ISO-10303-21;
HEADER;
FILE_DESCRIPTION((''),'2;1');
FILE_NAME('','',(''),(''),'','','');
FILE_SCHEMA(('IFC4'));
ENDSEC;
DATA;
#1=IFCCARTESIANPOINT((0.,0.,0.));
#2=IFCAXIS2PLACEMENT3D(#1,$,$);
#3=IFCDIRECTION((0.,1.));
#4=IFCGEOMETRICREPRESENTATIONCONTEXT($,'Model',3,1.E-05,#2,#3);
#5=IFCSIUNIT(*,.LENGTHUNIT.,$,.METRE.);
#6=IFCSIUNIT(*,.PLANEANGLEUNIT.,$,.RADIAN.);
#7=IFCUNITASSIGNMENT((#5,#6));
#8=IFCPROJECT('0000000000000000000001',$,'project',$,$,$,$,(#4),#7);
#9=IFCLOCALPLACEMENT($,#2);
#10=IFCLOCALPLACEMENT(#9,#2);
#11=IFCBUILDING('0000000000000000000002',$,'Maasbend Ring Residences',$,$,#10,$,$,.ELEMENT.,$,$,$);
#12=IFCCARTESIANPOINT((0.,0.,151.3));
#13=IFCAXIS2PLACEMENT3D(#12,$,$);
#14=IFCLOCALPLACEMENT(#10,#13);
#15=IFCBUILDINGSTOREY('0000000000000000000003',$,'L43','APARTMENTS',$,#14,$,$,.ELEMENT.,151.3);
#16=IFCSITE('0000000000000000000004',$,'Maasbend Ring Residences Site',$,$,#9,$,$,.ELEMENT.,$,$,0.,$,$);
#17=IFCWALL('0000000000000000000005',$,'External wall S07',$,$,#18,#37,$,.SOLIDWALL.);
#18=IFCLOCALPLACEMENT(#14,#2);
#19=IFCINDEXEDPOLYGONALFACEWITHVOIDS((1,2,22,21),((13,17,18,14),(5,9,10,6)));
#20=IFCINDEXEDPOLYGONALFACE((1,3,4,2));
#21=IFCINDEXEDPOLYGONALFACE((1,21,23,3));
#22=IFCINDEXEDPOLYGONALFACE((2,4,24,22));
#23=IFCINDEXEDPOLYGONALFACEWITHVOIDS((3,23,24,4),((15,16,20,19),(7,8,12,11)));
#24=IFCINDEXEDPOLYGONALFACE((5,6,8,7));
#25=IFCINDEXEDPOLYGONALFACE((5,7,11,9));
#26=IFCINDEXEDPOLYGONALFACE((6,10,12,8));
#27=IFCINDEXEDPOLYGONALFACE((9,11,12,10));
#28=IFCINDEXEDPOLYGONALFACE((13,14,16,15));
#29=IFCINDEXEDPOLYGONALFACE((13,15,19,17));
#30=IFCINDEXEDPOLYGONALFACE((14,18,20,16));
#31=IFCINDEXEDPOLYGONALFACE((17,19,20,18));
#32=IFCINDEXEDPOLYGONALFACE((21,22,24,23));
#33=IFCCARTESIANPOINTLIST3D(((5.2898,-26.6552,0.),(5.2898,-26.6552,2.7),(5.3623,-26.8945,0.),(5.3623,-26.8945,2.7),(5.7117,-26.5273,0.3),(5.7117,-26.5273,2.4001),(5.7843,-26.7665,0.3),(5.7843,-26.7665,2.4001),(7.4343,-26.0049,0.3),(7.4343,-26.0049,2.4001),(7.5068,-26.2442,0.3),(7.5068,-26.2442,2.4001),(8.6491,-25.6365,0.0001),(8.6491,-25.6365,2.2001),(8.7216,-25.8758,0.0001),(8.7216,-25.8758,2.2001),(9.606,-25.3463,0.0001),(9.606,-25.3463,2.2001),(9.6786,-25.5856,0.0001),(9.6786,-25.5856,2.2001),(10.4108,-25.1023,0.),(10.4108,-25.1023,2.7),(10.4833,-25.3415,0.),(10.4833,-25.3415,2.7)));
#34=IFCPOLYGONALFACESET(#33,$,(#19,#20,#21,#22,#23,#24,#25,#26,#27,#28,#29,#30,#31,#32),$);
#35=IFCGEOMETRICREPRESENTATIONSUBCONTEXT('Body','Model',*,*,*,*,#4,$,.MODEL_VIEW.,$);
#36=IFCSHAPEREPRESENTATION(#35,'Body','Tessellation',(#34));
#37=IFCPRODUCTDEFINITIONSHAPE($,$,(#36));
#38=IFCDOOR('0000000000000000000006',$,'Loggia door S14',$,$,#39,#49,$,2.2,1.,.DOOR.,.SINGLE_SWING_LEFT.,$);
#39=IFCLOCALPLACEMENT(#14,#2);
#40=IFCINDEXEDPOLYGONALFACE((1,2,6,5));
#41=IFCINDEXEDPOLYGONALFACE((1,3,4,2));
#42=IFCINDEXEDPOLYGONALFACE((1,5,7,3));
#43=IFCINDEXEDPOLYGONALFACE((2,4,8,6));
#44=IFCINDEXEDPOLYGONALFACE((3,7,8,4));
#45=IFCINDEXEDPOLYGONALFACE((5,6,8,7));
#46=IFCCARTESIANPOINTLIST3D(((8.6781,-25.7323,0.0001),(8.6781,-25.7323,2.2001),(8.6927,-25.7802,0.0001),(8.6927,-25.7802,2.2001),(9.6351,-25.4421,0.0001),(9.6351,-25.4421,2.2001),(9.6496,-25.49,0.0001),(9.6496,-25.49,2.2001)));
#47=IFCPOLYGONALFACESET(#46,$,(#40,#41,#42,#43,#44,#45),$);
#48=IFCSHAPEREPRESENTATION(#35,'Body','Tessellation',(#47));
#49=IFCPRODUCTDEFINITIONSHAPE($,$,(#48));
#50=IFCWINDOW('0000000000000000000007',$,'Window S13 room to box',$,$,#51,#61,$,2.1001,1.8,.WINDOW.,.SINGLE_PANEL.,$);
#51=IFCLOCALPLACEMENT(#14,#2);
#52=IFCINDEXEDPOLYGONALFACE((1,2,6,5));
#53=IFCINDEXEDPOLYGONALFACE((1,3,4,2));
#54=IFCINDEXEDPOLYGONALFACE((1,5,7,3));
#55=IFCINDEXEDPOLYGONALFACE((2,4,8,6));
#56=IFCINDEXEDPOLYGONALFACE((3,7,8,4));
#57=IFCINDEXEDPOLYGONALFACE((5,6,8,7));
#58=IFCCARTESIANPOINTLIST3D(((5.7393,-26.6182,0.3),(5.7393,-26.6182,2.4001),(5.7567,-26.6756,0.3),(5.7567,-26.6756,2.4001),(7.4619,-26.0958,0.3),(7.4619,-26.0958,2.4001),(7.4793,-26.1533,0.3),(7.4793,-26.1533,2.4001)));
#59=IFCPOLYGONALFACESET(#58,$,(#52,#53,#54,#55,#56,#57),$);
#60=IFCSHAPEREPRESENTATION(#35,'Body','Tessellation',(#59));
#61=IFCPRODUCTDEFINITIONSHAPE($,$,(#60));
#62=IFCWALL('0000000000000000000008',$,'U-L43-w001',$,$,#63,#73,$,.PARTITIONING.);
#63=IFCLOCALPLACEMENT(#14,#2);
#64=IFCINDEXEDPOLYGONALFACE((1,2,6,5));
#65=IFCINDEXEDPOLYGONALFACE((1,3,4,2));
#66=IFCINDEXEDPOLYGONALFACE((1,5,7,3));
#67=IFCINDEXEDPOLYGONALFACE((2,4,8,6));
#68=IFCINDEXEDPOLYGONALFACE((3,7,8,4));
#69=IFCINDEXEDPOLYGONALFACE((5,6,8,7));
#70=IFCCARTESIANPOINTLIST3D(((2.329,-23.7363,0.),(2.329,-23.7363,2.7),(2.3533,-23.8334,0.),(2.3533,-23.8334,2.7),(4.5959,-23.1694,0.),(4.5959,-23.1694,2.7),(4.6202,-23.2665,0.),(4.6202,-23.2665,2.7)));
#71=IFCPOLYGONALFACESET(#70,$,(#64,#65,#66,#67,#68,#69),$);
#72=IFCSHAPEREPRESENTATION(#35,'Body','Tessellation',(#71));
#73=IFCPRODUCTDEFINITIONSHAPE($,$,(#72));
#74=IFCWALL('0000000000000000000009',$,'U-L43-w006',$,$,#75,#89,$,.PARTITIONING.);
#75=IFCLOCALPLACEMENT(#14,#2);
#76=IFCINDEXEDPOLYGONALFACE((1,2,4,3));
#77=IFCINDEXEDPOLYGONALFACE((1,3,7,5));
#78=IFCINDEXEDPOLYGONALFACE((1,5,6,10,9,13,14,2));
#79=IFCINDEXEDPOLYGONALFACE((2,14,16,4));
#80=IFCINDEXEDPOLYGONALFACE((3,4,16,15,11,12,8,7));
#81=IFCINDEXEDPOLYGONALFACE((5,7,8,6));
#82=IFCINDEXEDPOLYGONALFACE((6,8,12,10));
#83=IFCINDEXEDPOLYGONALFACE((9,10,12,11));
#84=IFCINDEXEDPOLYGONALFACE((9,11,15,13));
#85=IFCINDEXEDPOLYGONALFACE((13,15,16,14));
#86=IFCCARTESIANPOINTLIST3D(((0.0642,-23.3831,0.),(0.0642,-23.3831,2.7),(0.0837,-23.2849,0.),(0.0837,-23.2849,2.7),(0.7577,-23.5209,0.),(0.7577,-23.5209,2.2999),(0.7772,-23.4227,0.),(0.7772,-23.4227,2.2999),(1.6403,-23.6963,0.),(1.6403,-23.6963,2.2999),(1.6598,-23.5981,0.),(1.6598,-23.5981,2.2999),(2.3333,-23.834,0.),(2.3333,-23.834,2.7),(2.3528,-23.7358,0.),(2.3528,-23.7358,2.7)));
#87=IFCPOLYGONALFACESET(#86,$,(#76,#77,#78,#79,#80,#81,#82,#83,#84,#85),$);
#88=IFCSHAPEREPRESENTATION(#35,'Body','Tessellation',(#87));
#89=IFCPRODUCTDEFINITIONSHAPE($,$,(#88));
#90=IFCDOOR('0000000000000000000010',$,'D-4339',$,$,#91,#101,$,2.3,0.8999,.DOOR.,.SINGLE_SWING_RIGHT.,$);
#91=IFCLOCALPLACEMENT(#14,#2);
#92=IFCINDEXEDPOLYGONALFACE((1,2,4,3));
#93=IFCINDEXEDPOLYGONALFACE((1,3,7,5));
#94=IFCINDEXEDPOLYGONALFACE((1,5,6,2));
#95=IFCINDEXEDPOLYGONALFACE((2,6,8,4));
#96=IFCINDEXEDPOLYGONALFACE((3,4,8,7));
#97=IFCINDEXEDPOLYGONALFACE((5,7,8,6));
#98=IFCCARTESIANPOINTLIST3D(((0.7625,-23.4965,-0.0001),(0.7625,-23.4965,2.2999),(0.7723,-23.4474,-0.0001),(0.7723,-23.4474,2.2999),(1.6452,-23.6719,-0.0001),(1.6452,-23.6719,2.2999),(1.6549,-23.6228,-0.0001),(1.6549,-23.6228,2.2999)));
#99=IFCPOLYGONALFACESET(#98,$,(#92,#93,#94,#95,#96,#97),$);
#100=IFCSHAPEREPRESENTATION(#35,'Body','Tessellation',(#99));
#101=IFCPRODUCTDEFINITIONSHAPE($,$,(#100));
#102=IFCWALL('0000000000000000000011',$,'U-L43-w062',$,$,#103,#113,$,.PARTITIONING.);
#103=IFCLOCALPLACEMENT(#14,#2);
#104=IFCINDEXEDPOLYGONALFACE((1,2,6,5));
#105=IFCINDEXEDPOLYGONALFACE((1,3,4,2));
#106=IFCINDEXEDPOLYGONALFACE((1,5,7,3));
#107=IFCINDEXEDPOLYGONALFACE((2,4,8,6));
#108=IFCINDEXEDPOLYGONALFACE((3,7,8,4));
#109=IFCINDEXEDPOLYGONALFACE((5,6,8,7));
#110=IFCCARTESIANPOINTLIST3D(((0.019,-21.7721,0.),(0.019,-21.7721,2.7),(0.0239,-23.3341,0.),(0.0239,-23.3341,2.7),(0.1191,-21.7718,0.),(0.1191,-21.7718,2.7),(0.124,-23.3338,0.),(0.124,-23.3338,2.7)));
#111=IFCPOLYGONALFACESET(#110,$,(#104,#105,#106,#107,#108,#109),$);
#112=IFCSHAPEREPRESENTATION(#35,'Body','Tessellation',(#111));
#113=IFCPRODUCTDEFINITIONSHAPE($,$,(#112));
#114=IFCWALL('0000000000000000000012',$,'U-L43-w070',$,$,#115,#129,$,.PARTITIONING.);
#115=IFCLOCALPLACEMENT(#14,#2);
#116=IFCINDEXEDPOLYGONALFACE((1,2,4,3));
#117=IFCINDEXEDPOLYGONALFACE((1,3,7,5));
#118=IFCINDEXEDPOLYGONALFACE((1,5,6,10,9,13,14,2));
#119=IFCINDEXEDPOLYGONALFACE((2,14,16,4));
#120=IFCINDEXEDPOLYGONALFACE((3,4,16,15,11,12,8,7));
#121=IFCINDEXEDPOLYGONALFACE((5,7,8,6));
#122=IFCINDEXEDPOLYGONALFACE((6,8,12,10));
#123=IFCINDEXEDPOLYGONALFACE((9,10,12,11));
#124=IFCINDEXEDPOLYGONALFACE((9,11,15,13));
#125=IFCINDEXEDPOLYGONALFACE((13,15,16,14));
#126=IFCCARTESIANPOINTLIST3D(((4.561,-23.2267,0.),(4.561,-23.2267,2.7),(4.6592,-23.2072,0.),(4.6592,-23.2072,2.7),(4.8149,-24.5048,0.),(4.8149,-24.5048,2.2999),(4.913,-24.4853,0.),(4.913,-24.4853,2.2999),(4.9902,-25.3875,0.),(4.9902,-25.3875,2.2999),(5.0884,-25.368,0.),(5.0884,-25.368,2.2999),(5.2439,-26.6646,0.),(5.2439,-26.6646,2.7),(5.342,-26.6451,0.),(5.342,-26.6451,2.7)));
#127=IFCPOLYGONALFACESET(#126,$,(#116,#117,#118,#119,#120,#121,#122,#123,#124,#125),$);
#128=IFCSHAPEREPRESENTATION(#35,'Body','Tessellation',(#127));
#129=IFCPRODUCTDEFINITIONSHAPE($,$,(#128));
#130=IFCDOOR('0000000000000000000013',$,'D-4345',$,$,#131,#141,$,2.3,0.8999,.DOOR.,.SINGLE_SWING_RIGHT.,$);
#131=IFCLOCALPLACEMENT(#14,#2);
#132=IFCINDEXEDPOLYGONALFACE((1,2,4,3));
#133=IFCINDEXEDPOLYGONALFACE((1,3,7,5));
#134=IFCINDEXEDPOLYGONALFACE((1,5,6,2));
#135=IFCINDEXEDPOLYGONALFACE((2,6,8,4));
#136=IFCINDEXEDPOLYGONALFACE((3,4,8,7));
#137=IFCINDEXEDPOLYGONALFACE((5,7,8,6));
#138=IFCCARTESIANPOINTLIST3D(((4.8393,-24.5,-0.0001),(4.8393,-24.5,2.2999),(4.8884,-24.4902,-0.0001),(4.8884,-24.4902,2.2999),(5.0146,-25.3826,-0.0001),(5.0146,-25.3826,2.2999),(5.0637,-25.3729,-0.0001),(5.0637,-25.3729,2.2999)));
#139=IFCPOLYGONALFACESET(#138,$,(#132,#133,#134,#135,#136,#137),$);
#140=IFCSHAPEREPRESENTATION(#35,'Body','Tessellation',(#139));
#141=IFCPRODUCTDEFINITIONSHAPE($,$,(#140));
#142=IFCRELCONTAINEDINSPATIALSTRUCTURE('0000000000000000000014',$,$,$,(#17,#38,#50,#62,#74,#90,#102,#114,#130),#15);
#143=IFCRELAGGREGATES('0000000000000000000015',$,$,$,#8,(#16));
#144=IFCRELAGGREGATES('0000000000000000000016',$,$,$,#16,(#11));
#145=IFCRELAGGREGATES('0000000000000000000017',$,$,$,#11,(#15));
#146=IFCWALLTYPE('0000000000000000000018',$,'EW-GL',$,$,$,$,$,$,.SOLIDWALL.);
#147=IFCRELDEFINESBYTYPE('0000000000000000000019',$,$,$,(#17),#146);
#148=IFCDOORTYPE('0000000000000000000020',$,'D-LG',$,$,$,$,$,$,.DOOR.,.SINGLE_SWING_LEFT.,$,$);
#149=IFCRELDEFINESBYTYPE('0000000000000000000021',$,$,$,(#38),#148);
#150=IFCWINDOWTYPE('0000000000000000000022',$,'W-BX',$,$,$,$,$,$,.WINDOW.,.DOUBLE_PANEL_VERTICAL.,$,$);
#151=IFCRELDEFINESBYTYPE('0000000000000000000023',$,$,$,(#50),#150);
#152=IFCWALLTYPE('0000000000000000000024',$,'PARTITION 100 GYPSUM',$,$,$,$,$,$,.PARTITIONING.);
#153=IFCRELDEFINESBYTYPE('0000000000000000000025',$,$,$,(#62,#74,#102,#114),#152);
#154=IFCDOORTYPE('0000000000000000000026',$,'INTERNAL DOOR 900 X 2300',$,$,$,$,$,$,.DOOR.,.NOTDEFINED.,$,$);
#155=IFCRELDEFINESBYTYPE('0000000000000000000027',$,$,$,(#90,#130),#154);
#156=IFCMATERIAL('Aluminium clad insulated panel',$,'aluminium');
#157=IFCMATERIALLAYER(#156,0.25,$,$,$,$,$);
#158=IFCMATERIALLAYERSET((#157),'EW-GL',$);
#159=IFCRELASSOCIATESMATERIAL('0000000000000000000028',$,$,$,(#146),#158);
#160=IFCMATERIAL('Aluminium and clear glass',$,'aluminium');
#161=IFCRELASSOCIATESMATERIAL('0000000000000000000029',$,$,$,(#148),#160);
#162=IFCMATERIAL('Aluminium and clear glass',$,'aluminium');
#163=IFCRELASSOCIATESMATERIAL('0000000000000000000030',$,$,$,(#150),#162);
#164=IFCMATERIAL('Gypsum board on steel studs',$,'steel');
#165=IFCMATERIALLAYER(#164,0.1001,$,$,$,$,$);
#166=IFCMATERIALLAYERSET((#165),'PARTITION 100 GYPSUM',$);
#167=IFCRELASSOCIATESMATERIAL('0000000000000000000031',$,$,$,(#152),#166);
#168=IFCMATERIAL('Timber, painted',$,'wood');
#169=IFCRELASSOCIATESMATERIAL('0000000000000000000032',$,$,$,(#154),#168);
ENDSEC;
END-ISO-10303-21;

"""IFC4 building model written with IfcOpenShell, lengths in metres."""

from ifc_helpers import new_model, si_unit, direction, frame, frame_2d, origin, place, context, subcontext, project, spatial, rectangle, extrude, material, layer, layer_set, type_object, element, fill, save


model = new_model("IFC4")

# Units and contexts
model_context = context("Model", 3, precision=1e-05, world=origin(), true_north=direction((0.0, 1.0)))
body_context = subcontext(model_context, "Body", "Model", "MODEL_VIEW")
ifc_project = project(units=[si_unit("LENGTHUNIT", "METRE"), si_unit("PLANEANGLEUNIT", "RADIAN")], contexts=[model_context])

# Site, building, storey
site_placement = place(None, origin())
site = spatial("IfcSite", under=ifc_project, at=site_placement, Name="Maasbend Ring Residences Site", CompositionType="ELEMENT", RefElevation=0.0)
building_placement = place(site_placement, origin())
building = spatial("IfcBuilding", under=site, at=building_placement, Name="Maasbend Ring Residences", CompositionType="ELEMENT")
storey_placement = place(building_placement, frame((0.0, 0.0, 151.3)))
storey = spatial("IfcBuildingStorey", under=building, at=storey_placement, Name="L43", Description="APARTMENTS", CompositionType="ELEMENT", Elevation=151.3)

# Wall, openings, door, window
ifc_material_1 = material(Name="Aluminium clad insulated panel", Category="aluminium")
ifc_layer_1 = layer(ifc_material_1, 0.25)
ifc_layer_set_1 = layer_set([ifc_layer_1], Name="EW-GL")
wall_type_1 = type_object("IfcWallType", Name="EW-GL", PredefinedType="SOLIDWALL", material=ifc_layer_set_1)
wall_1_placement = place(storey_placement, frame((5.3259, -26.7749, 0.0), z_axis=(0.0, 0.0, 1.0), x_axis=(0.956966, 0.290201, 0.0)))
wall_1 = element("IfcWall", 1, at=wall_1_placement, inside=storey, type_object=wall_type_1, Name="External wall S07", PredefinedType="SOLIDWALL", context=body_context, shape_type="SweptSolid", body=[
    extrude(rectangle(XDim=5.3513, YDim=0.25, at=frame_2d((2.6758, 0.0))), origin(), (0.0, 0.0, 1.0), 2.7),
])
opening_1_placement = place(wall_1_placement, frame((0.4412, 0.0, 0.3)))
opening_1 = element("IfcOpeningElement", 2, at=opening_1_placement, cuts=wall_1, PredefinedType="OPENING", context=body_context, shape_type="SweptSolid", body=[
    extrude(rectangle(XDim=1.8, YDim=2.1001, at=frame_2d((0.8999, 1.05))), frame((0.0, 0.135, 0.0), z_axis=(0.0, -1.0, 0.0), x_axis=(1.0, 0.0, 0.0)), (0.0, 0.0, 1.0), 0.27),
])
opening_2_placement = place(wall_1_placement, frame((3.5105, 0.0, 0.0)))
opening_2 = element("IfcOpeningElement", 3, at=opening_2_placement, cuts=wall_1, PredefinedType="OPENING", context=body_context, shape_type="SweptSolid", body=[
    extrude(rectangle(XDim=1.0, YDim=2.2, at=frame_2d((0.5, 1.1001))), frame((0.0, 0.135, 0.0), z_axis=(0.0, -1.0, 0.0), x_axis=(1.0, 0.0, 0.0)), (0.0, 0.0, 1.0), 0.27),
])
ifc_material_2 = material(Name="Aluminium and clear glass", Category="aluminium")
door_type_1 = type_object("IfcDoorType", Name="D-LG", OperationType="SINGLE_SWING_LEFT", PredefinedType="DOOR", material=ifc_material_2)
door_1_placement = place(opening_2_placement, origin())
door_1 = element("IfcDoor", 4, at=door_1_placement, inside=storey, type_object=door_type_1, Name="Loggia door S14", OperationType="SINGLE_SWING_LEFT", OverallHeight=2.2, OverallWidth=1.0, PredefinedType="DOOR", context=body_context, shape_type="SweptSolid", body=[
    extrude(rectangle(XDim=1.0, YDim=2.2, at=frame_2d((0.5, 1.1001))), frame((0.0, 0.0249, 0.0), z_axis=(0.0, -1.0, 0.0), x_axis=(1.0, 0.0, 0.0)), (0.0, 0.0, 1.0), 0.05),
])
fill(opening_2, door_1)
ifc_material_3 = material(Name="Aluminium and clear glass", Category="aluminium")
window_type_1 = type_object("IfcWindowType", Name="W-BX", PartitioningType="DOUBLE_PANEL_VERTICAL", PredefinedType="WINDOW", material=ifc_material_3)
window_1_placement = place(opening_1_placement, origin())
window_1 = element("IfcWindow", 5, at=window_1_placement, inside=storey, type_object=window_type_1, Name="Window S13 room to box", OverallHeight=2.1001, OverallWidth=1.8, PartitioningType="SINGLE_PANEL", PredefinedType="WINDOW", context=body_context, shape_type="SweptSolid", body=[
    extrude(rectangle(XDim=1.8, YDim=2.1001, at=frame_2d((0.8999, 1.05))), frame((0.0, 0.03, 0.0), z_axis=(0.0, -1.0, 0.0), x_axis=(1.0, 0.0, 0.0)), (0.0, 0.0, 1.0), 0.0601),
])
fill(opening_1, window_1)

# Wall
ifc_material_4 = material(Name="Gypsum board on steel studs", Category="steel")
ifc_layer_2 = layer(ifc_material_4, 0.1001)
ifc_layer_set_2 = layer_set([ifc_layer_2], Name="PARTITION 100 GYPSUM")
wall_type_2 = type_object("IfcWallType", Name="PARTITION 100 GYPSUM", PredefinedType="PARTITIONING", material=ifc_layer_set_2)
wall_2_placement = place(storey_placement, frame((2.3411, -23.7849, 0.0), z_axis=(0.0, 0.0, 1.0), x_axis=(0.970124, 0.242609, 0.0)))
element("IfcWall", 6, at=wall_2_placement, inside=storey, type_object=wall_type_2, Name="U-L43-w001", PredefinedType="PARTITIONING", context=body_context, shape_type="SweptSolid", body=[
    extrude(rectangle(XDim=2.3367, YDim=0.1001, at=frame_2d((1.1685, 0.0))), origin(), (0.0, 0.0, 1.0), 2.7),
])

# Wall, opening, door
wall_3_placement = place(storey_placement, frame((0.074, -23.334, 0.0), z_axis=(0.0, 0.0, 1.0), x_axis=(0.980819, -0.194919, 0.0)))
wall_3 = element("IfcWall", 7, at=wall_3_placement, inside=storey, type_object=wall_type_2, Name="U-L43-w006", PredefinedType="PARTITIONING", context=body_context, shape_type="SweptSolid", body=[
    extrude(rectangle(XDim=2.3135, YDim=0.1001, at=frame_2d((1.1567, 0.0))), origin(), (0.0, 0.0, 1.0), 2.7),
])
opening_3_placement = place(wall_3_placement, frame((0.707, 0.0, 0.0)))
opening_3 = element("IfcOpeningElement", 8, at=opening_3_placement, cuts=wall_3, PredefinedType="OPENING", context=body_context, shape_type="SweptSolid", body=[
    extrude(rectangle(XDim=0.8999, YDim=2.3, at=frame_2d((0.45, 1.1499))), frame((0.0, 0.0601, 0.0), z_axis=(0.0, -1.0, 0.0), x_axis=(1.0, 0.0, 0.0)), (0.0, 0.0, 1.0), 0.1201),
])
ifc_material_5 = material(Name="Timber, painted", Category="wood")
door_type_2 = type_object("IfcDoorType", Name="INTERNAL DOOR 900 X 2300", OperationType="NOTDEFINED", PredefinedType="DOOR", material=ifc_material_5)
door_2_placement = place(opening_3_placement, origin())
door_2 = element("IfcDoor", 9, at=door_2_placement, inside=storey, type_object=door_type_2, Name="D-4339", OperationType="SINGLE_SWING_RIGHT", OverallHeight=2.3, OverallWidth=0.8999, PredefinedType="DOOR", context=body_context, shape_type="SweptSolid", body=[
    extrude(rectangle(XDim=0.8999, YDim=2.3, at=frame_2d((0.45, 1.1499))), frame((0.0, 0.0249, 0.0), z_axis=(0.0, -1.0, 0.0), x_axis=(1.0, 0.0, 0.0)), (0.0, 0.0, 1.0), 0.05),
])
fill(opening_3, door_2)

# Wall
wall_4_placement = place(storey_placement, frame((0.074, -23.334, 0.0), z_axis=(0.0, 0.0, 1.0), x_axis=(-0.003126, 0.999995, 0.0)))
element("IfcWall", 10, at=wall_4_placement, inside=storey, type_object=wall_type_2, Name="U-L43-w062", PredefinedType="PARTITIONING", context=body_context, shape_type="SweptSolid", body=[
    extrude(rectangle(XDim=1.562, YDim=0.1001, at=frame_2d((0.781, 0.0))), origin(), (0.0, 0.0, 1.0), 2.7),
])

# Wall, opening, door
wall_5_placement = place(storey_placement, frame((4.6101, -23.217, 0.0), z_axis=(0.0, 0.0, 1.0), x_axis=(0.194817, -0.98084, 0.0)))
wall_5 = element("IfcWall", 11, at=wall_5_placement, inside=storey, type_object=wall_type_2, Name="U-L43-w070", PredefinedType="PARTITIONING", context=body_context, shape_type="SweptSolid", body=[
    extrude(rectangle(XDim=3.5051, YDim=0.1001, at=frame_2d((1.7524, 0.0))), origin(), (0.0, 0.0, 1.0), 2.7),
])
opening_4_placement = place(wall_5_placement, frame((1.303, 0.0, 0.0)))
opening_4 = element("IfcOpeningElement", 12, at=opening_4_placement, cuts=wall_5, PredefinedType="OPENING", context=body_context, shape_type="SweptSolid", body=[
    extrude(rectangle(XDim=0.8999, YDim=2.3, at=frame_2d((0.45, 1.1499))), frame((0.0, 0.0601, 0.0), z_axis=(0.0, -1.0, 0.0), x_axis=(1.0, 0.0, 0.0)), (0.0, 0.0, 1.0), 0.1201),
])
door_3_placement = place(opening_4_placement, origin())
door_3 = element("IfcDoor", 13, at=door_3_placement, inside=storey, type_object=door_type_2, Name="D-4345", OperationType="SINGLE_SWING_RIGHT", OverallHeight=2.3, OverallWidth=0.8999, PredefinedType="DOOR", context=body_context, shape_type="SweptSolid", body=[
    extrude(rectangle(XDim=0.8999, YDim=2.3, at=frame_2d((0.45, 1.1499))), frame((0.0, 0.0249, 0.0), z_axis=(0.0, -1.0, 0.0), x_axis=(1.0, 0.0, 0.0)), (0.0, 0.0, 1.0), 0.05),
])
fill(opening_4, door_3)

save(model, "model.ifc")
